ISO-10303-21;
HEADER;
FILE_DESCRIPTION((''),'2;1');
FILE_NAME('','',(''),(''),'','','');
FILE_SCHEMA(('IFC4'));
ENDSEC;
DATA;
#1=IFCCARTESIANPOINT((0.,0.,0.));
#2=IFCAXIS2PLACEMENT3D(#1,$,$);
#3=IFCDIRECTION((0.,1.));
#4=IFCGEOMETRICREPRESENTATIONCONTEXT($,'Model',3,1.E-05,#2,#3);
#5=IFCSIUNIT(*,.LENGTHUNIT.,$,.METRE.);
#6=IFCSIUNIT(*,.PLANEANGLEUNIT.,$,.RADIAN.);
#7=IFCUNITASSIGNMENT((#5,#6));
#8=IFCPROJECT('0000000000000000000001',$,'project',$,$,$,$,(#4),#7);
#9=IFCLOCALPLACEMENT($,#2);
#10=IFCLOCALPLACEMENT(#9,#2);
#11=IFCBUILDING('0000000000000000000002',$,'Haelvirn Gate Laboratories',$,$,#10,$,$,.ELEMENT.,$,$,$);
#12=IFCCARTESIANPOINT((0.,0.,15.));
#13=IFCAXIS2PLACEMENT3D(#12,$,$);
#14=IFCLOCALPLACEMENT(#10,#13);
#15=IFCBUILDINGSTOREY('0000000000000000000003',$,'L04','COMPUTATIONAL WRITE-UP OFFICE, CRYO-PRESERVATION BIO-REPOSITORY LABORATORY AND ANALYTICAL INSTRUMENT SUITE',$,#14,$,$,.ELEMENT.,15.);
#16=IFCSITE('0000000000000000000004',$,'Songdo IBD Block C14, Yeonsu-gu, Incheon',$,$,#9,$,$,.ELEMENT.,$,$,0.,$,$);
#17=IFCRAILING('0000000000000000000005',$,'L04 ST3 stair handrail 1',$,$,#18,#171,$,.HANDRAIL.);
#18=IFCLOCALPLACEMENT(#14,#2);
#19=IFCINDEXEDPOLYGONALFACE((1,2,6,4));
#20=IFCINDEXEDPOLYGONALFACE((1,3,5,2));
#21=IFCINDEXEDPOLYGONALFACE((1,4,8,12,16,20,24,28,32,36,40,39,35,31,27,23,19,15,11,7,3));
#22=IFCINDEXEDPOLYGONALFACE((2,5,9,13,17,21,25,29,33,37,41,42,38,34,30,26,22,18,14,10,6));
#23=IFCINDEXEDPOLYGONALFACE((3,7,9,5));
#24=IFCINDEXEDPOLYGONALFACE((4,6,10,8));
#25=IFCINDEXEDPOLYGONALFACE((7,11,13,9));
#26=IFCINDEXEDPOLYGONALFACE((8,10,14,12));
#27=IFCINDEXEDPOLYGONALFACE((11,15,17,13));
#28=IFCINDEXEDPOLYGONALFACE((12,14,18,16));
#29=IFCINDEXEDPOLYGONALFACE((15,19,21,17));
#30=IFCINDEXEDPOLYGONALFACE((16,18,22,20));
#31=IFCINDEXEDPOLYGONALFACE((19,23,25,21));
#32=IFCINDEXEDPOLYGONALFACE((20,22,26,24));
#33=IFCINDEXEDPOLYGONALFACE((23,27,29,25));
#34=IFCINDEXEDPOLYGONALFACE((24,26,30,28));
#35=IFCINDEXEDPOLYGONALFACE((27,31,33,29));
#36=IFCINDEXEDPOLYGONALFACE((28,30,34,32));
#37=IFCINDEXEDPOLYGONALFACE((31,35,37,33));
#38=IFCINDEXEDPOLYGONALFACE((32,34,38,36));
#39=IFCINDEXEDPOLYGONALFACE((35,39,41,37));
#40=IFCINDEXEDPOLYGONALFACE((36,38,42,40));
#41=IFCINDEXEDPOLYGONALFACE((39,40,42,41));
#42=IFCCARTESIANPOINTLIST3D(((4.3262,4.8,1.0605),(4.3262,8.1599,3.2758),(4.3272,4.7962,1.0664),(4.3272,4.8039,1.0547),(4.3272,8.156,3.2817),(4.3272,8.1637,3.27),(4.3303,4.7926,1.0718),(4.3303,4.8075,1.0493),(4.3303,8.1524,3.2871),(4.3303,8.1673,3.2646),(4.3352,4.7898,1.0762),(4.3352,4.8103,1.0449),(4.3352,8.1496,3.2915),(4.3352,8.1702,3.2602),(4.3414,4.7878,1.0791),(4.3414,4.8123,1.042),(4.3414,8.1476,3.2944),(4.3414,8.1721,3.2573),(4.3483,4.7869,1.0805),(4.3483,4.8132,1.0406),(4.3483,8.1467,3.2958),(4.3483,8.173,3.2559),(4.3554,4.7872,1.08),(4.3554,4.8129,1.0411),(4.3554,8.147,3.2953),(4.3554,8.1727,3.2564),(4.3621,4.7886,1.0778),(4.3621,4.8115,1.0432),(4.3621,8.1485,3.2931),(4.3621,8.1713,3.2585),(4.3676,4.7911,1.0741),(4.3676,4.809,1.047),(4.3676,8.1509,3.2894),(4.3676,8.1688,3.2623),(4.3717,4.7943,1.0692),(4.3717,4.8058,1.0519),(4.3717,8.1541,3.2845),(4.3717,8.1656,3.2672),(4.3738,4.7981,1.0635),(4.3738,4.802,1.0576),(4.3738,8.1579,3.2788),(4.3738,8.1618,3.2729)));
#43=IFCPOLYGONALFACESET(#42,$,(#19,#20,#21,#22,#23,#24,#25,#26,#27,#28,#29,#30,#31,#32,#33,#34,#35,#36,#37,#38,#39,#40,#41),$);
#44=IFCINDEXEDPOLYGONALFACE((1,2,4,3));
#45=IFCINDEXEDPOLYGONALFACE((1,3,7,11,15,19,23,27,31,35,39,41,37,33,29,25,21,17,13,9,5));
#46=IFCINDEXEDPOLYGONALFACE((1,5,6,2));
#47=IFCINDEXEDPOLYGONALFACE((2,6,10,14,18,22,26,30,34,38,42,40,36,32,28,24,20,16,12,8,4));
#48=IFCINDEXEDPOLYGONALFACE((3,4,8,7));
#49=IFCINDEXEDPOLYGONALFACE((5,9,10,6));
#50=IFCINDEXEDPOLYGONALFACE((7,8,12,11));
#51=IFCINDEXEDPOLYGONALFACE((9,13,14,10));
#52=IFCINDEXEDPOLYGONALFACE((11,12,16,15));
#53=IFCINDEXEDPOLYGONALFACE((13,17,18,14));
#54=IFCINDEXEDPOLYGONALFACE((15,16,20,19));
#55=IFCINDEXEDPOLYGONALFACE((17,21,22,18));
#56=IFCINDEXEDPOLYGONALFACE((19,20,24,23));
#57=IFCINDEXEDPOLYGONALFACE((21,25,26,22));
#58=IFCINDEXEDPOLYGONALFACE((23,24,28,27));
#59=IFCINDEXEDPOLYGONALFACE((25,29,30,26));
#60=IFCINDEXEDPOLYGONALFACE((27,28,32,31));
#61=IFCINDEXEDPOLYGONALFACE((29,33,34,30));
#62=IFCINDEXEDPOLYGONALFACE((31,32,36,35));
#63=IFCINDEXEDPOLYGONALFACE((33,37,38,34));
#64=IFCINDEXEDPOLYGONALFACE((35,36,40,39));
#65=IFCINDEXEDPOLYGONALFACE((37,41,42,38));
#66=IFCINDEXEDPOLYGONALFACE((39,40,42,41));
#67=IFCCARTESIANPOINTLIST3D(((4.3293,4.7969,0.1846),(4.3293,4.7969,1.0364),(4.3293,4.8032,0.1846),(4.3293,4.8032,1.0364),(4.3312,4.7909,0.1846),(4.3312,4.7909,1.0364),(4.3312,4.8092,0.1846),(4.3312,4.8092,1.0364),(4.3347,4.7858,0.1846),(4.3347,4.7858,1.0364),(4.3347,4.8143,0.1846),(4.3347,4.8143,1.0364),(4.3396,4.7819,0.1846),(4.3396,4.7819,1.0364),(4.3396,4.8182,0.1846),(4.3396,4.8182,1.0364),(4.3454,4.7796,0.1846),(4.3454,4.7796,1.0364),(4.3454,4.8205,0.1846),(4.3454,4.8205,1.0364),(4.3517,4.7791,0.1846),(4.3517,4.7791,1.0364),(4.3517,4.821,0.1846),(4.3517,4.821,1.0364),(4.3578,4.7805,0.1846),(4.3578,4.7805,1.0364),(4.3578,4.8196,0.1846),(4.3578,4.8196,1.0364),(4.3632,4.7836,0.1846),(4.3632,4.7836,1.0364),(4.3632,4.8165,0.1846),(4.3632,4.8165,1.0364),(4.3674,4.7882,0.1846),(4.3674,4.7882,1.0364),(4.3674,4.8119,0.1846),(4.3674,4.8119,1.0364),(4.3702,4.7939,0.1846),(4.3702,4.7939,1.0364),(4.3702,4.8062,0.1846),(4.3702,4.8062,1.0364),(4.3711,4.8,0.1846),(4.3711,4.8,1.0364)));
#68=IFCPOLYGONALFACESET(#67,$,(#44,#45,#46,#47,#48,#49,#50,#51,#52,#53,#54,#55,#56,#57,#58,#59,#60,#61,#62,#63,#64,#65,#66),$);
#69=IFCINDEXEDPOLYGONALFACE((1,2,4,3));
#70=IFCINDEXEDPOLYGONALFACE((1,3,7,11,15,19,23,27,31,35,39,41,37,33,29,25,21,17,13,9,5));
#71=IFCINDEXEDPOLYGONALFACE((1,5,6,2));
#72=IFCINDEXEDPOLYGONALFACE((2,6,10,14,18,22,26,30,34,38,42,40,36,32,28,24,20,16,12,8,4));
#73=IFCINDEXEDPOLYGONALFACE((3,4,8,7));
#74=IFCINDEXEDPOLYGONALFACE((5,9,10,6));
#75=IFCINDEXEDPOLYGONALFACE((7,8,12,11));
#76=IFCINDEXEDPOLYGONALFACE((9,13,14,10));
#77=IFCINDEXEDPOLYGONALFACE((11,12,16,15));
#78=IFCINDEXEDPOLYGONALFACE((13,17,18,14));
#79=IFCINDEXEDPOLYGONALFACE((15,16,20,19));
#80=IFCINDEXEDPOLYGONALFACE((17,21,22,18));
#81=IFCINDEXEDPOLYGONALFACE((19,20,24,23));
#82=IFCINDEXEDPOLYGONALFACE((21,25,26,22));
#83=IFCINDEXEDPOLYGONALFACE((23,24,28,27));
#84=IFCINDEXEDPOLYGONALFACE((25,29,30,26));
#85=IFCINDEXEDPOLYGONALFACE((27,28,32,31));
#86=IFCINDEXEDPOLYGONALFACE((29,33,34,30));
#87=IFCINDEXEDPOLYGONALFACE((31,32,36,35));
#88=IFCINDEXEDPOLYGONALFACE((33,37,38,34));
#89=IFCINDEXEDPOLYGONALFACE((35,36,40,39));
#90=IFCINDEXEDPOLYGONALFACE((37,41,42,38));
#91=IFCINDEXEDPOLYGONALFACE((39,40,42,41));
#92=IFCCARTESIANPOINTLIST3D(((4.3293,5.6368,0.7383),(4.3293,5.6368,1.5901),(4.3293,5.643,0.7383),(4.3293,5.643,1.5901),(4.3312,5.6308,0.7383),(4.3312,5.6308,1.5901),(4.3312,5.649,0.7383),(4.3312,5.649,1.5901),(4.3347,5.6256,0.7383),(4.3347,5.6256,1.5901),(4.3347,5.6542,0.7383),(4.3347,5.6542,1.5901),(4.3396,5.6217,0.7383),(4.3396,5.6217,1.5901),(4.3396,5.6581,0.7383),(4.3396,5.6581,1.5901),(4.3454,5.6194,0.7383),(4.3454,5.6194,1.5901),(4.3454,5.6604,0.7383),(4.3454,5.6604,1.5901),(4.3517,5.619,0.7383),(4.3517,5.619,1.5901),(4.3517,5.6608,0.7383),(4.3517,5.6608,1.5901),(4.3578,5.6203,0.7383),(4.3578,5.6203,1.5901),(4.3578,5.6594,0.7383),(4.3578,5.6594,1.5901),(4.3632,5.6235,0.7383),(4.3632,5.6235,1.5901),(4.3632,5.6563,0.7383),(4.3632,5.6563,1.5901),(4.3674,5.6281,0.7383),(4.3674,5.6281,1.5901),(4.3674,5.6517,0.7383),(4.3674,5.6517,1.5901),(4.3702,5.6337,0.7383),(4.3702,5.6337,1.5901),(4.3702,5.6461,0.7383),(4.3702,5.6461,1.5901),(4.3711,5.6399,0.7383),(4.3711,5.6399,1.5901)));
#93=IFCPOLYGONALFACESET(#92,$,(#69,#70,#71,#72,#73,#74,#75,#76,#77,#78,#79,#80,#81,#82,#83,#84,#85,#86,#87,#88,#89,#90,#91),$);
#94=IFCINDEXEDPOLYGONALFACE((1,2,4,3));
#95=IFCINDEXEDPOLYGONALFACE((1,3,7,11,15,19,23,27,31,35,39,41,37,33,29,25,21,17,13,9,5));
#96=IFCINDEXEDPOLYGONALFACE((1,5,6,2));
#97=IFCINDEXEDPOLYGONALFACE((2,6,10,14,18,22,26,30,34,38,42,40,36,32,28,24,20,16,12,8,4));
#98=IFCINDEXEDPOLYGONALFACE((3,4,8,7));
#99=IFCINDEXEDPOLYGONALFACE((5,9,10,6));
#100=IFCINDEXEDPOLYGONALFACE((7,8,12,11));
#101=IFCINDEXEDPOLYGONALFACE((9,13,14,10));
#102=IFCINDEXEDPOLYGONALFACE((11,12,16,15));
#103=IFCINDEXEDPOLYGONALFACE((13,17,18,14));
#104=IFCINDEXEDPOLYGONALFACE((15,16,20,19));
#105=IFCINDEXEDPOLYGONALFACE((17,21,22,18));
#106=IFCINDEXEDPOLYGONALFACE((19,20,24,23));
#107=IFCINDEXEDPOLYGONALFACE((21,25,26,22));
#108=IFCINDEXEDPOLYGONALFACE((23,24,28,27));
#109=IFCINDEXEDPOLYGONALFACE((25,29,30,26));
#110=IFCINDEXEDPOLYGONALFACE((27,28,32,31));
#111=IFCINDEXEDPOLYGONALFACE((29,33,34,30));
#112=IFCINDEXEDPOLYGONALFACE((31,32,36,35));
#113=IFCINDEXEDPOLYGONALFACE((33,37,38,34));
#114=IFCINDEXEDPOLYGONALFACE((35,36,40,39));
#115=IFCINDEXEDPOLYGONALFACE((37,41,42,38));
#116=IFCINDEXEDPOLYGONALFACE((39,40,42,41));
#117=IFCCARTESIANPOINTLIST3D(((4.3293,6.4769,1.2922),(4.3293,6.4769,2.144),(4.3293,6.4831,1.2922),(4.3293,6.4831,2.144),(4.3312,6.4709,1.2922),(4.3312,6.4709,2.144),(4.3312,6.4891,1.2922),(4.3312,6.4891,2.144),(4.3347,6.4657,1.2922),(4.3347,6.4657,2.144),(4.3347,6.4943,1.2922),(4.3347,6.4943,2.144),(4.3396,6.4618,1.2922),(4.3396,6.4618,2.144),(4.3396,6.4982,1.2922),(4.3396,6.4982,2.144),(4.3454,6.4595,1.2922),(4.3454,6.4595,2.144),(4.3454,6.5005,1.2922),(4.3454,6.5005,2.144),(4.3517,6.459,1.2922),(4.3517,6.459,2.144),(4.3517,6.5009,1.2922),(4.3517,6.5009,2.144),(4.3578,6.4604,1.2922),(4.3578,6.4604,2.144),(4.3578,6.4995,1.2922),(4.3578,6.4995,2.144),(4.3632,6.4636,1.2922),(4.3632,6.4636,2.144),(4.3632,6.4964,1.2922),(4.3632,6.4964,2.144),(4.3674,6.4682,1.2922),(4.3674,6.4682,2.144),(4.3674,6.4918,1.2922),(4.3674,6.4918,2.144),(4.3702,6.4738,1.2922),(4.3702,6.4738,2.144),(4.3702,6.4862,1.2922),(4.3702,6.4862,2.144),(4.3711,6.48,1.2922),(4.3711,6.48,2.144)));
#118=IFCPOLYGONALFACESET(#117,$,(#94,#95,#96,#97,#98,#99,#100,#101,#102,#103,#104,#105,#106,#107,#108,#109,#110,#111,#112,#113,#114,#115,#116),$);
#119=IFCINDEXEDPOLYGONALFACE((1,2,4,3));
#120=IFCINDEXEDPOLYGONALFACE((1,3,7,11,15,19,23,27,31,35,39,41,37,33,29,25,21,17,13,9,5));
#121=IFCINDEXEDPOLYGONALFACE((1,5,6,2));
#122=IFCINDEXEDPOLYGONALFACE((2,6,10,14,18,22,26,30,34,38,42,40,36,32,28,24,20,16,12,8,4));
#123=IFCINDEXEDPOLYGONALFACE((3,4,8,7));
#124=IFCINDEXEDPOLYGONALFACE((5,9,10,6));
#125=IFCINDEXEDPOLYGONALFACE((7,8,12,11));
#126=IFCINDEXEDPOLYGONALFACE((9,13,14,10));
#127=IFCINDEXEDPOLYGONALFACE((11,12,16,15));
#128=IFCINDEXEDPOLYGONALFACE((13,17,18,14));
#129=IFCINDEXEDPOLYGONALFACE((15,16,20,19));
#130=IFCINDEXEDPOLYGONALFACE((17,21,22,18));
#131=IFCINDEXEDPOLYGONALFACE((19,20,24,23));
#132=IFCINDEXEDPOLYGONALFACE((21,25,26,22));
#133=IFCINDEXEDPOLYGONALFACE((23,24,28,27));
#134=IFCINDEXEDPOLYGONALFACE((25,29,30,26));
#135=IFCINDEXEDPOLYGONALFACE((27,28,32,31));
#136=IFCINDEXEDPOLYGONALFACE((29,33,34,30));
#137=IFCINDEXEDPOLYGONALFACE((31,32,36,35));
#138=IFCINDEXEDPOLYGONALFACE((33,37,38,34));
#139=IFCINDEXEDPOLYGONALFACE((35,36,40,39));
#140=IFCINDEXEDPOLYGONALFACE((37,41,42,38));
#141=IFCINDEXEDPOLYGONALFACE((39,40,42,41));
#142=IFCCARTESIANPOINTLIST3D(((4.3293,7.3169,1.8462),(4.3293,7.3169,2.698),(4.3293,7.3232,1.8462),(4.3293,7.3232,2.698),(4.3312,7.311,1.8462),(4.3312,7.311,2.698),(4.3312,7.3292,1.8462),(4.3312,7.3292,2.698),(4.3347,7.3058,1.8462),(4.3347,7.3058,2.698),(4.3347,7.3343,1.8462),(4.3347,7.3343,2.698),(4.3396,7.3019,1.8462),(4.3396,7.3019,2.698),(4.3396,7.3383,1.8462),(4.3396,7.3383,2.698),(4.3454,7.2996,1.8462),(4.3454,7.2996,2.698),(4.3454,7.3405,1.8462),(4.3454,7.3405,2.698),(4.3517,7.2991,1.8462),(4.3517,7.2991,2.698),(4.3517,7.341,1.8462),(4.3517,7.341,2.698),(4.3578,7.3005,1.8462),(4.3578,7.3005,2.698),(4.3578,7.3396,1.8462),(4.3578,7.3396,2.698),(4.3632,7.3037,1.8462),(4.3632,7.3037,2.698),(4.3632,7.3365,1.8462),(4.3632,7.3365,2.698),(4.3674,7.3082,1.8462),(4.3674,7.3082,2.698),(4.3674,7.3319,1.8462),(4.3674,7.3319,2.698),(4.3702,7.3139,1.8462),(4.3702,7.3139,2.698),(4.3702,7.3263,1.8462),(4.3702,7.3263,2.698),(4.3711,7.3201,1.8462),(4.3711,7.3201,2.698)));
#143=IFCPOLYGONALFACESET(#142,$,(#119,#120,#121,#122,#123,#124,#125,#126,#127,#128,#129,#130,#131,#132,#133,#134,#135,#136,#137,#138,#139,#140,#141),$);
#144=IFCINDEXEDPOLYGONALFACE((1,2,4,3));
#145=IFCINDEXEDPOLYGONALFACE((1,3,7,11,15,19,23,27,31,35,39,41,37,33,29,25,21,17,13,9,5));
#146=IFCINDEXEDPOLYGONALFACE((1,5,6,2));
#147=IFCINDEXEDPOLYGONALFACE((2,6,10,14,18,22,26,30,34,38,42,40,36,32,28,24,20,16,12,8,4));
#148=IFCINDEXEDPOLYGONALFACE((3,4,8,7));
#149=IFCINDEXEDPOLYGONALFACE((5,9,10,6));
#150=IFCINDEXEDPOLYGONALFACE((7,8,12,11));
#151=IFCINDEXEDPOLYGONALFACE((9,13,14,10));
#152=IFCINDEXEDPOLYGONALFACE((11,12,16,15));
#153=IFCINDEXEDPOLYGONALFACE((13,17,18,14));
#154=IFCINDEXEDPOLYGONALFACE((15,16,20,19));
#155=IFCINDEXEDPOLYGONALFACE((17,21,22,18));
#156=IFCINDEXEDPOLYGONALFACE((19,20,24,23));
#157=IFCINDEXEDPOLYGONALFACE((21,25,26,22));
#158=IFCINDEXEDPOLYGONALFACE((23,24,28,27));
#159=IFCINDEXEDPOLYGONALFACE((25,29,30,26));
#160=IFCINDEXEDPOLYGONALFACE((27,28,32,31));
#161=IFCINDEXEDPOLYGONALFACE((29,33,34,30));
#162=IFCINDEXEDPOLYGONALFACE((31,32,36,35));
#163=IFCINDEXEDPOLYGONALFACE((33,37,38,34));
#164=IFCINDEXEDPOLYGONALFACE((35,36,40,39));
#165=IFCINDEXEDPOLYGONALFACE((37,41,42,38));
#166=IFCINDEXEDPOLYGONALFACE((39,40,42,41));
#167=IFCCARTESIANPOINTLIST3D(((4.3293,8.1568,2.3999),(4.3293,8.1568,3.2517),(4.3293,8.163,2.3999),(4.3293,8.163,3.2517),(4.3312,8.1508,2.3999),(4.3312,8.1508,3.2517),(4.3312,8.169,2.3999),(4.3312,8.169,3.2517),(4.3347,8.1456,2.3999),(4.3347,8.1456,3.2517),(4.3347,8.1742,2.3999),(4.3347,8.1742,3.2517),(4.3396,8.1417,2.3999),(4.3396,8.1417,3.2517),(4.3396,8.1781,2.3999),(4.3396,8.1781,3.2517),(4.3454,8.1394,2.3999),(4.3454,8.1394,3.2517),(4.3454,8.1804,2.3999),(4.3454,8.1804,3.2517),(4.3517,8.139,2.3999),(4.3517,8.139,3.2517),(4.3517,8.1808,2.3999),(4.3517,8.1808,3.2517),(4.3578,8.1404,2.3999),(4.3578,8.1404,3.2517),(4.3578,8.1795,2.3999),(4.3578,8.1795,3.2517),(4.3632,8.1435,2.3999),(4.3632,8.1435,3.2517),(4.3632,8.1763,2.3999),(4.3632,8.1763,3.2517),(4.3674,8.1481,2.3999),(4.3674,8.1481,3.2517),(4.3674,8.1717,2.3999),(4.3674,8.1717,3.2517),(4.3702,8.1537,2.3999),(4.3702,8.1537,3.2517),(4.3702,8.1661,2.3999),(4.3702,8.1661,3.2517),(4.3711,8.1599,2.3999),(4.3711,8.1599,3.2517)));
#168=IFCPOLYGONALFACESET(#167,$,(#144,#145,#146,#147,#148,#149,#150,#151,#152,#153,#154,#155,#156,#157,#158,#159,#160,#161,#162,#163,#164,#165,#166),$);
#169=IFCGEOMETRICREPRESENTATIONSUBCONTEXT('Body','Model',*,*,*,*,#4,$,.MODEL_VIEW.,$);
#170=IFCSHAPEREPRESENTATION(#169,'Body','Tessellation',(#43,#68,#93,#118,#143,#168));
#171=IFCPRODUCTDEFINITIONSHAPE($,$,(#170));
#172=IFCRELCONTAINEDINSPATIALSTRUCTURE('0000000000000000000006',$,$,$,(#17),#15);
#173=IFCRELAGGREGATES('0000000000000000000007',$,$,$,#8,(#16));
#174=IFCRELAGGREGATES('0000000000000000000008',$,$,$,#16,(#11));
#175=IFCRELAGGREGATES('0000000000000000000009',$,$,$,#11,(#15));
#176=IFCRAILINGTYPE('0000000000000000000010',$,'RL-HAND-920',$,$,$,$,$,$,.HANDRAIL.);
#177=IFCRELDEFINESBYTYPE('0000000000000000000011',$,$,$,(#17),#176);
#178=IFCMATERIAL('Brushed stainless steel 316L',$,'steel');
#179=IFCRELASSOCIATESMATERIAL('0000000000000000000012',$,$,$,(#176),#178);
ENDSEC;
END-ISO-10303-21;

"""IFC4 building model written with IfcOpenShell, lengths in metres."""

from ifc_helpers import new_model, si_unit, direction, frame, origin, origin_2d, place, context, subcontext, project, spatial, circle, extrude, source, transform, mapped, material, type_object, type_shapes, element, save


model = new_model("IFC4")

# Units and contexts
model_context = context("Model", 3, precision=1e-05, world=origin(), true_north=direction((0.0, 1.0)))
body_context = subcontext(model_context, "Body", "Model", "MODEL_VIEW")
ifc_project = project(units=[si_unit("LENGTHUNIT", "METRE"), si_unit("PLANEANGLEUNIT", "RADIAN")], contexts=[model_context])

# Site, building, storey
site_placement = place(None, origin())
site = spatial("IfcSite", under=ifc_project, at=site_placement, Name="Songdo IBD Block C14, Yeonsu-gu, Incheon", CompositionType="ELEMENT", RefElevation=0.0)
building_placement = place(site_placement, origin())
building = spatial("IfcBuilding", under=site, at=building_placement, Name="Haelvirn Gate Laboratories", CompositionType="ELEMENT")
storey_placement = place(building_placement, frame((0.0, 0.0, 15.0)))
storey = spatial("IfcBuildingStorey", under=building, at=storey_placement, Name="L04", Description="COMPUTATIONAL WRITE-UP OFFICE, CRYO-PRESERVATION BIO-REPOSITORY LABORATORY AND ANALYTICAL INSTRUMENT SUITE", CompositionType="ELEMENT", Elevation=15.0)

# Railing
ifc_material_1 = material(Name="Brushed stainless steel 316L", Category="steel")
railing_type = type_object("IfcRailingType", Name="RL-HAND-920", PredefinedType="HANDRAIL", material=ifc_material_1)
shared_shape_1 = source(origin(), body_context, "Body", "SweptSolid", [
    extrude(circle(Radius=0.0239, at=origin_2d()), frame((0.0, 0.0, 0.876), z_axis=(0.0, 0.834858, 0.550465), x_axis=(-1.0, 0.0, 0.0)), (0.0, 0.0, 1.0), 4.0244),
    extrude(circle(Radius=0.021, at=origin_2d()), origin(), (0.0, 0.0, 1.0), 0.8518),
    extrude(circle(Radius=0.021, at=origin_2d()), frame((0.0, 0.8398, 0.5537)), (0.0, 0.0, 1.0), 0.8518),
    extrude(circle(Radius=0.021, at=origin_2d()), frame((0.0, 1.6799, 1.1077)), (0.0, 0.0, 1.0), 0.8518),
    extrude(circle(Radius=0.021, at=origin_2d()), frame((0.0, 2.52, 1.6616)), (0.0, 0.0, 1.0), 0.8518),
    extrude(circle(Radius=0.021, at=origin_2d()), frame((0.0, 3.3599, 2.2153)), (0.0, 0.0, 1.0), 0.8518),
])
type_shapes(railing_type, [shared_shape_1])
railing_placement = place(storey_placement, frame((4.3501, 4.8, 0.1846)))
element("IfcRailing", 1, at=railing_placement, inside=storey, type_object=railing_type, Name="L04 ST3 stair handrail 1", PredefinedType="HANDRAIL", context=body_context, shape_type="MappedRepresentation", body=[
    mapped(shared_shape_1, transform((0.0, 0.0, 0.0), scale=1.0)),
])

save(model, "model.ifc")
